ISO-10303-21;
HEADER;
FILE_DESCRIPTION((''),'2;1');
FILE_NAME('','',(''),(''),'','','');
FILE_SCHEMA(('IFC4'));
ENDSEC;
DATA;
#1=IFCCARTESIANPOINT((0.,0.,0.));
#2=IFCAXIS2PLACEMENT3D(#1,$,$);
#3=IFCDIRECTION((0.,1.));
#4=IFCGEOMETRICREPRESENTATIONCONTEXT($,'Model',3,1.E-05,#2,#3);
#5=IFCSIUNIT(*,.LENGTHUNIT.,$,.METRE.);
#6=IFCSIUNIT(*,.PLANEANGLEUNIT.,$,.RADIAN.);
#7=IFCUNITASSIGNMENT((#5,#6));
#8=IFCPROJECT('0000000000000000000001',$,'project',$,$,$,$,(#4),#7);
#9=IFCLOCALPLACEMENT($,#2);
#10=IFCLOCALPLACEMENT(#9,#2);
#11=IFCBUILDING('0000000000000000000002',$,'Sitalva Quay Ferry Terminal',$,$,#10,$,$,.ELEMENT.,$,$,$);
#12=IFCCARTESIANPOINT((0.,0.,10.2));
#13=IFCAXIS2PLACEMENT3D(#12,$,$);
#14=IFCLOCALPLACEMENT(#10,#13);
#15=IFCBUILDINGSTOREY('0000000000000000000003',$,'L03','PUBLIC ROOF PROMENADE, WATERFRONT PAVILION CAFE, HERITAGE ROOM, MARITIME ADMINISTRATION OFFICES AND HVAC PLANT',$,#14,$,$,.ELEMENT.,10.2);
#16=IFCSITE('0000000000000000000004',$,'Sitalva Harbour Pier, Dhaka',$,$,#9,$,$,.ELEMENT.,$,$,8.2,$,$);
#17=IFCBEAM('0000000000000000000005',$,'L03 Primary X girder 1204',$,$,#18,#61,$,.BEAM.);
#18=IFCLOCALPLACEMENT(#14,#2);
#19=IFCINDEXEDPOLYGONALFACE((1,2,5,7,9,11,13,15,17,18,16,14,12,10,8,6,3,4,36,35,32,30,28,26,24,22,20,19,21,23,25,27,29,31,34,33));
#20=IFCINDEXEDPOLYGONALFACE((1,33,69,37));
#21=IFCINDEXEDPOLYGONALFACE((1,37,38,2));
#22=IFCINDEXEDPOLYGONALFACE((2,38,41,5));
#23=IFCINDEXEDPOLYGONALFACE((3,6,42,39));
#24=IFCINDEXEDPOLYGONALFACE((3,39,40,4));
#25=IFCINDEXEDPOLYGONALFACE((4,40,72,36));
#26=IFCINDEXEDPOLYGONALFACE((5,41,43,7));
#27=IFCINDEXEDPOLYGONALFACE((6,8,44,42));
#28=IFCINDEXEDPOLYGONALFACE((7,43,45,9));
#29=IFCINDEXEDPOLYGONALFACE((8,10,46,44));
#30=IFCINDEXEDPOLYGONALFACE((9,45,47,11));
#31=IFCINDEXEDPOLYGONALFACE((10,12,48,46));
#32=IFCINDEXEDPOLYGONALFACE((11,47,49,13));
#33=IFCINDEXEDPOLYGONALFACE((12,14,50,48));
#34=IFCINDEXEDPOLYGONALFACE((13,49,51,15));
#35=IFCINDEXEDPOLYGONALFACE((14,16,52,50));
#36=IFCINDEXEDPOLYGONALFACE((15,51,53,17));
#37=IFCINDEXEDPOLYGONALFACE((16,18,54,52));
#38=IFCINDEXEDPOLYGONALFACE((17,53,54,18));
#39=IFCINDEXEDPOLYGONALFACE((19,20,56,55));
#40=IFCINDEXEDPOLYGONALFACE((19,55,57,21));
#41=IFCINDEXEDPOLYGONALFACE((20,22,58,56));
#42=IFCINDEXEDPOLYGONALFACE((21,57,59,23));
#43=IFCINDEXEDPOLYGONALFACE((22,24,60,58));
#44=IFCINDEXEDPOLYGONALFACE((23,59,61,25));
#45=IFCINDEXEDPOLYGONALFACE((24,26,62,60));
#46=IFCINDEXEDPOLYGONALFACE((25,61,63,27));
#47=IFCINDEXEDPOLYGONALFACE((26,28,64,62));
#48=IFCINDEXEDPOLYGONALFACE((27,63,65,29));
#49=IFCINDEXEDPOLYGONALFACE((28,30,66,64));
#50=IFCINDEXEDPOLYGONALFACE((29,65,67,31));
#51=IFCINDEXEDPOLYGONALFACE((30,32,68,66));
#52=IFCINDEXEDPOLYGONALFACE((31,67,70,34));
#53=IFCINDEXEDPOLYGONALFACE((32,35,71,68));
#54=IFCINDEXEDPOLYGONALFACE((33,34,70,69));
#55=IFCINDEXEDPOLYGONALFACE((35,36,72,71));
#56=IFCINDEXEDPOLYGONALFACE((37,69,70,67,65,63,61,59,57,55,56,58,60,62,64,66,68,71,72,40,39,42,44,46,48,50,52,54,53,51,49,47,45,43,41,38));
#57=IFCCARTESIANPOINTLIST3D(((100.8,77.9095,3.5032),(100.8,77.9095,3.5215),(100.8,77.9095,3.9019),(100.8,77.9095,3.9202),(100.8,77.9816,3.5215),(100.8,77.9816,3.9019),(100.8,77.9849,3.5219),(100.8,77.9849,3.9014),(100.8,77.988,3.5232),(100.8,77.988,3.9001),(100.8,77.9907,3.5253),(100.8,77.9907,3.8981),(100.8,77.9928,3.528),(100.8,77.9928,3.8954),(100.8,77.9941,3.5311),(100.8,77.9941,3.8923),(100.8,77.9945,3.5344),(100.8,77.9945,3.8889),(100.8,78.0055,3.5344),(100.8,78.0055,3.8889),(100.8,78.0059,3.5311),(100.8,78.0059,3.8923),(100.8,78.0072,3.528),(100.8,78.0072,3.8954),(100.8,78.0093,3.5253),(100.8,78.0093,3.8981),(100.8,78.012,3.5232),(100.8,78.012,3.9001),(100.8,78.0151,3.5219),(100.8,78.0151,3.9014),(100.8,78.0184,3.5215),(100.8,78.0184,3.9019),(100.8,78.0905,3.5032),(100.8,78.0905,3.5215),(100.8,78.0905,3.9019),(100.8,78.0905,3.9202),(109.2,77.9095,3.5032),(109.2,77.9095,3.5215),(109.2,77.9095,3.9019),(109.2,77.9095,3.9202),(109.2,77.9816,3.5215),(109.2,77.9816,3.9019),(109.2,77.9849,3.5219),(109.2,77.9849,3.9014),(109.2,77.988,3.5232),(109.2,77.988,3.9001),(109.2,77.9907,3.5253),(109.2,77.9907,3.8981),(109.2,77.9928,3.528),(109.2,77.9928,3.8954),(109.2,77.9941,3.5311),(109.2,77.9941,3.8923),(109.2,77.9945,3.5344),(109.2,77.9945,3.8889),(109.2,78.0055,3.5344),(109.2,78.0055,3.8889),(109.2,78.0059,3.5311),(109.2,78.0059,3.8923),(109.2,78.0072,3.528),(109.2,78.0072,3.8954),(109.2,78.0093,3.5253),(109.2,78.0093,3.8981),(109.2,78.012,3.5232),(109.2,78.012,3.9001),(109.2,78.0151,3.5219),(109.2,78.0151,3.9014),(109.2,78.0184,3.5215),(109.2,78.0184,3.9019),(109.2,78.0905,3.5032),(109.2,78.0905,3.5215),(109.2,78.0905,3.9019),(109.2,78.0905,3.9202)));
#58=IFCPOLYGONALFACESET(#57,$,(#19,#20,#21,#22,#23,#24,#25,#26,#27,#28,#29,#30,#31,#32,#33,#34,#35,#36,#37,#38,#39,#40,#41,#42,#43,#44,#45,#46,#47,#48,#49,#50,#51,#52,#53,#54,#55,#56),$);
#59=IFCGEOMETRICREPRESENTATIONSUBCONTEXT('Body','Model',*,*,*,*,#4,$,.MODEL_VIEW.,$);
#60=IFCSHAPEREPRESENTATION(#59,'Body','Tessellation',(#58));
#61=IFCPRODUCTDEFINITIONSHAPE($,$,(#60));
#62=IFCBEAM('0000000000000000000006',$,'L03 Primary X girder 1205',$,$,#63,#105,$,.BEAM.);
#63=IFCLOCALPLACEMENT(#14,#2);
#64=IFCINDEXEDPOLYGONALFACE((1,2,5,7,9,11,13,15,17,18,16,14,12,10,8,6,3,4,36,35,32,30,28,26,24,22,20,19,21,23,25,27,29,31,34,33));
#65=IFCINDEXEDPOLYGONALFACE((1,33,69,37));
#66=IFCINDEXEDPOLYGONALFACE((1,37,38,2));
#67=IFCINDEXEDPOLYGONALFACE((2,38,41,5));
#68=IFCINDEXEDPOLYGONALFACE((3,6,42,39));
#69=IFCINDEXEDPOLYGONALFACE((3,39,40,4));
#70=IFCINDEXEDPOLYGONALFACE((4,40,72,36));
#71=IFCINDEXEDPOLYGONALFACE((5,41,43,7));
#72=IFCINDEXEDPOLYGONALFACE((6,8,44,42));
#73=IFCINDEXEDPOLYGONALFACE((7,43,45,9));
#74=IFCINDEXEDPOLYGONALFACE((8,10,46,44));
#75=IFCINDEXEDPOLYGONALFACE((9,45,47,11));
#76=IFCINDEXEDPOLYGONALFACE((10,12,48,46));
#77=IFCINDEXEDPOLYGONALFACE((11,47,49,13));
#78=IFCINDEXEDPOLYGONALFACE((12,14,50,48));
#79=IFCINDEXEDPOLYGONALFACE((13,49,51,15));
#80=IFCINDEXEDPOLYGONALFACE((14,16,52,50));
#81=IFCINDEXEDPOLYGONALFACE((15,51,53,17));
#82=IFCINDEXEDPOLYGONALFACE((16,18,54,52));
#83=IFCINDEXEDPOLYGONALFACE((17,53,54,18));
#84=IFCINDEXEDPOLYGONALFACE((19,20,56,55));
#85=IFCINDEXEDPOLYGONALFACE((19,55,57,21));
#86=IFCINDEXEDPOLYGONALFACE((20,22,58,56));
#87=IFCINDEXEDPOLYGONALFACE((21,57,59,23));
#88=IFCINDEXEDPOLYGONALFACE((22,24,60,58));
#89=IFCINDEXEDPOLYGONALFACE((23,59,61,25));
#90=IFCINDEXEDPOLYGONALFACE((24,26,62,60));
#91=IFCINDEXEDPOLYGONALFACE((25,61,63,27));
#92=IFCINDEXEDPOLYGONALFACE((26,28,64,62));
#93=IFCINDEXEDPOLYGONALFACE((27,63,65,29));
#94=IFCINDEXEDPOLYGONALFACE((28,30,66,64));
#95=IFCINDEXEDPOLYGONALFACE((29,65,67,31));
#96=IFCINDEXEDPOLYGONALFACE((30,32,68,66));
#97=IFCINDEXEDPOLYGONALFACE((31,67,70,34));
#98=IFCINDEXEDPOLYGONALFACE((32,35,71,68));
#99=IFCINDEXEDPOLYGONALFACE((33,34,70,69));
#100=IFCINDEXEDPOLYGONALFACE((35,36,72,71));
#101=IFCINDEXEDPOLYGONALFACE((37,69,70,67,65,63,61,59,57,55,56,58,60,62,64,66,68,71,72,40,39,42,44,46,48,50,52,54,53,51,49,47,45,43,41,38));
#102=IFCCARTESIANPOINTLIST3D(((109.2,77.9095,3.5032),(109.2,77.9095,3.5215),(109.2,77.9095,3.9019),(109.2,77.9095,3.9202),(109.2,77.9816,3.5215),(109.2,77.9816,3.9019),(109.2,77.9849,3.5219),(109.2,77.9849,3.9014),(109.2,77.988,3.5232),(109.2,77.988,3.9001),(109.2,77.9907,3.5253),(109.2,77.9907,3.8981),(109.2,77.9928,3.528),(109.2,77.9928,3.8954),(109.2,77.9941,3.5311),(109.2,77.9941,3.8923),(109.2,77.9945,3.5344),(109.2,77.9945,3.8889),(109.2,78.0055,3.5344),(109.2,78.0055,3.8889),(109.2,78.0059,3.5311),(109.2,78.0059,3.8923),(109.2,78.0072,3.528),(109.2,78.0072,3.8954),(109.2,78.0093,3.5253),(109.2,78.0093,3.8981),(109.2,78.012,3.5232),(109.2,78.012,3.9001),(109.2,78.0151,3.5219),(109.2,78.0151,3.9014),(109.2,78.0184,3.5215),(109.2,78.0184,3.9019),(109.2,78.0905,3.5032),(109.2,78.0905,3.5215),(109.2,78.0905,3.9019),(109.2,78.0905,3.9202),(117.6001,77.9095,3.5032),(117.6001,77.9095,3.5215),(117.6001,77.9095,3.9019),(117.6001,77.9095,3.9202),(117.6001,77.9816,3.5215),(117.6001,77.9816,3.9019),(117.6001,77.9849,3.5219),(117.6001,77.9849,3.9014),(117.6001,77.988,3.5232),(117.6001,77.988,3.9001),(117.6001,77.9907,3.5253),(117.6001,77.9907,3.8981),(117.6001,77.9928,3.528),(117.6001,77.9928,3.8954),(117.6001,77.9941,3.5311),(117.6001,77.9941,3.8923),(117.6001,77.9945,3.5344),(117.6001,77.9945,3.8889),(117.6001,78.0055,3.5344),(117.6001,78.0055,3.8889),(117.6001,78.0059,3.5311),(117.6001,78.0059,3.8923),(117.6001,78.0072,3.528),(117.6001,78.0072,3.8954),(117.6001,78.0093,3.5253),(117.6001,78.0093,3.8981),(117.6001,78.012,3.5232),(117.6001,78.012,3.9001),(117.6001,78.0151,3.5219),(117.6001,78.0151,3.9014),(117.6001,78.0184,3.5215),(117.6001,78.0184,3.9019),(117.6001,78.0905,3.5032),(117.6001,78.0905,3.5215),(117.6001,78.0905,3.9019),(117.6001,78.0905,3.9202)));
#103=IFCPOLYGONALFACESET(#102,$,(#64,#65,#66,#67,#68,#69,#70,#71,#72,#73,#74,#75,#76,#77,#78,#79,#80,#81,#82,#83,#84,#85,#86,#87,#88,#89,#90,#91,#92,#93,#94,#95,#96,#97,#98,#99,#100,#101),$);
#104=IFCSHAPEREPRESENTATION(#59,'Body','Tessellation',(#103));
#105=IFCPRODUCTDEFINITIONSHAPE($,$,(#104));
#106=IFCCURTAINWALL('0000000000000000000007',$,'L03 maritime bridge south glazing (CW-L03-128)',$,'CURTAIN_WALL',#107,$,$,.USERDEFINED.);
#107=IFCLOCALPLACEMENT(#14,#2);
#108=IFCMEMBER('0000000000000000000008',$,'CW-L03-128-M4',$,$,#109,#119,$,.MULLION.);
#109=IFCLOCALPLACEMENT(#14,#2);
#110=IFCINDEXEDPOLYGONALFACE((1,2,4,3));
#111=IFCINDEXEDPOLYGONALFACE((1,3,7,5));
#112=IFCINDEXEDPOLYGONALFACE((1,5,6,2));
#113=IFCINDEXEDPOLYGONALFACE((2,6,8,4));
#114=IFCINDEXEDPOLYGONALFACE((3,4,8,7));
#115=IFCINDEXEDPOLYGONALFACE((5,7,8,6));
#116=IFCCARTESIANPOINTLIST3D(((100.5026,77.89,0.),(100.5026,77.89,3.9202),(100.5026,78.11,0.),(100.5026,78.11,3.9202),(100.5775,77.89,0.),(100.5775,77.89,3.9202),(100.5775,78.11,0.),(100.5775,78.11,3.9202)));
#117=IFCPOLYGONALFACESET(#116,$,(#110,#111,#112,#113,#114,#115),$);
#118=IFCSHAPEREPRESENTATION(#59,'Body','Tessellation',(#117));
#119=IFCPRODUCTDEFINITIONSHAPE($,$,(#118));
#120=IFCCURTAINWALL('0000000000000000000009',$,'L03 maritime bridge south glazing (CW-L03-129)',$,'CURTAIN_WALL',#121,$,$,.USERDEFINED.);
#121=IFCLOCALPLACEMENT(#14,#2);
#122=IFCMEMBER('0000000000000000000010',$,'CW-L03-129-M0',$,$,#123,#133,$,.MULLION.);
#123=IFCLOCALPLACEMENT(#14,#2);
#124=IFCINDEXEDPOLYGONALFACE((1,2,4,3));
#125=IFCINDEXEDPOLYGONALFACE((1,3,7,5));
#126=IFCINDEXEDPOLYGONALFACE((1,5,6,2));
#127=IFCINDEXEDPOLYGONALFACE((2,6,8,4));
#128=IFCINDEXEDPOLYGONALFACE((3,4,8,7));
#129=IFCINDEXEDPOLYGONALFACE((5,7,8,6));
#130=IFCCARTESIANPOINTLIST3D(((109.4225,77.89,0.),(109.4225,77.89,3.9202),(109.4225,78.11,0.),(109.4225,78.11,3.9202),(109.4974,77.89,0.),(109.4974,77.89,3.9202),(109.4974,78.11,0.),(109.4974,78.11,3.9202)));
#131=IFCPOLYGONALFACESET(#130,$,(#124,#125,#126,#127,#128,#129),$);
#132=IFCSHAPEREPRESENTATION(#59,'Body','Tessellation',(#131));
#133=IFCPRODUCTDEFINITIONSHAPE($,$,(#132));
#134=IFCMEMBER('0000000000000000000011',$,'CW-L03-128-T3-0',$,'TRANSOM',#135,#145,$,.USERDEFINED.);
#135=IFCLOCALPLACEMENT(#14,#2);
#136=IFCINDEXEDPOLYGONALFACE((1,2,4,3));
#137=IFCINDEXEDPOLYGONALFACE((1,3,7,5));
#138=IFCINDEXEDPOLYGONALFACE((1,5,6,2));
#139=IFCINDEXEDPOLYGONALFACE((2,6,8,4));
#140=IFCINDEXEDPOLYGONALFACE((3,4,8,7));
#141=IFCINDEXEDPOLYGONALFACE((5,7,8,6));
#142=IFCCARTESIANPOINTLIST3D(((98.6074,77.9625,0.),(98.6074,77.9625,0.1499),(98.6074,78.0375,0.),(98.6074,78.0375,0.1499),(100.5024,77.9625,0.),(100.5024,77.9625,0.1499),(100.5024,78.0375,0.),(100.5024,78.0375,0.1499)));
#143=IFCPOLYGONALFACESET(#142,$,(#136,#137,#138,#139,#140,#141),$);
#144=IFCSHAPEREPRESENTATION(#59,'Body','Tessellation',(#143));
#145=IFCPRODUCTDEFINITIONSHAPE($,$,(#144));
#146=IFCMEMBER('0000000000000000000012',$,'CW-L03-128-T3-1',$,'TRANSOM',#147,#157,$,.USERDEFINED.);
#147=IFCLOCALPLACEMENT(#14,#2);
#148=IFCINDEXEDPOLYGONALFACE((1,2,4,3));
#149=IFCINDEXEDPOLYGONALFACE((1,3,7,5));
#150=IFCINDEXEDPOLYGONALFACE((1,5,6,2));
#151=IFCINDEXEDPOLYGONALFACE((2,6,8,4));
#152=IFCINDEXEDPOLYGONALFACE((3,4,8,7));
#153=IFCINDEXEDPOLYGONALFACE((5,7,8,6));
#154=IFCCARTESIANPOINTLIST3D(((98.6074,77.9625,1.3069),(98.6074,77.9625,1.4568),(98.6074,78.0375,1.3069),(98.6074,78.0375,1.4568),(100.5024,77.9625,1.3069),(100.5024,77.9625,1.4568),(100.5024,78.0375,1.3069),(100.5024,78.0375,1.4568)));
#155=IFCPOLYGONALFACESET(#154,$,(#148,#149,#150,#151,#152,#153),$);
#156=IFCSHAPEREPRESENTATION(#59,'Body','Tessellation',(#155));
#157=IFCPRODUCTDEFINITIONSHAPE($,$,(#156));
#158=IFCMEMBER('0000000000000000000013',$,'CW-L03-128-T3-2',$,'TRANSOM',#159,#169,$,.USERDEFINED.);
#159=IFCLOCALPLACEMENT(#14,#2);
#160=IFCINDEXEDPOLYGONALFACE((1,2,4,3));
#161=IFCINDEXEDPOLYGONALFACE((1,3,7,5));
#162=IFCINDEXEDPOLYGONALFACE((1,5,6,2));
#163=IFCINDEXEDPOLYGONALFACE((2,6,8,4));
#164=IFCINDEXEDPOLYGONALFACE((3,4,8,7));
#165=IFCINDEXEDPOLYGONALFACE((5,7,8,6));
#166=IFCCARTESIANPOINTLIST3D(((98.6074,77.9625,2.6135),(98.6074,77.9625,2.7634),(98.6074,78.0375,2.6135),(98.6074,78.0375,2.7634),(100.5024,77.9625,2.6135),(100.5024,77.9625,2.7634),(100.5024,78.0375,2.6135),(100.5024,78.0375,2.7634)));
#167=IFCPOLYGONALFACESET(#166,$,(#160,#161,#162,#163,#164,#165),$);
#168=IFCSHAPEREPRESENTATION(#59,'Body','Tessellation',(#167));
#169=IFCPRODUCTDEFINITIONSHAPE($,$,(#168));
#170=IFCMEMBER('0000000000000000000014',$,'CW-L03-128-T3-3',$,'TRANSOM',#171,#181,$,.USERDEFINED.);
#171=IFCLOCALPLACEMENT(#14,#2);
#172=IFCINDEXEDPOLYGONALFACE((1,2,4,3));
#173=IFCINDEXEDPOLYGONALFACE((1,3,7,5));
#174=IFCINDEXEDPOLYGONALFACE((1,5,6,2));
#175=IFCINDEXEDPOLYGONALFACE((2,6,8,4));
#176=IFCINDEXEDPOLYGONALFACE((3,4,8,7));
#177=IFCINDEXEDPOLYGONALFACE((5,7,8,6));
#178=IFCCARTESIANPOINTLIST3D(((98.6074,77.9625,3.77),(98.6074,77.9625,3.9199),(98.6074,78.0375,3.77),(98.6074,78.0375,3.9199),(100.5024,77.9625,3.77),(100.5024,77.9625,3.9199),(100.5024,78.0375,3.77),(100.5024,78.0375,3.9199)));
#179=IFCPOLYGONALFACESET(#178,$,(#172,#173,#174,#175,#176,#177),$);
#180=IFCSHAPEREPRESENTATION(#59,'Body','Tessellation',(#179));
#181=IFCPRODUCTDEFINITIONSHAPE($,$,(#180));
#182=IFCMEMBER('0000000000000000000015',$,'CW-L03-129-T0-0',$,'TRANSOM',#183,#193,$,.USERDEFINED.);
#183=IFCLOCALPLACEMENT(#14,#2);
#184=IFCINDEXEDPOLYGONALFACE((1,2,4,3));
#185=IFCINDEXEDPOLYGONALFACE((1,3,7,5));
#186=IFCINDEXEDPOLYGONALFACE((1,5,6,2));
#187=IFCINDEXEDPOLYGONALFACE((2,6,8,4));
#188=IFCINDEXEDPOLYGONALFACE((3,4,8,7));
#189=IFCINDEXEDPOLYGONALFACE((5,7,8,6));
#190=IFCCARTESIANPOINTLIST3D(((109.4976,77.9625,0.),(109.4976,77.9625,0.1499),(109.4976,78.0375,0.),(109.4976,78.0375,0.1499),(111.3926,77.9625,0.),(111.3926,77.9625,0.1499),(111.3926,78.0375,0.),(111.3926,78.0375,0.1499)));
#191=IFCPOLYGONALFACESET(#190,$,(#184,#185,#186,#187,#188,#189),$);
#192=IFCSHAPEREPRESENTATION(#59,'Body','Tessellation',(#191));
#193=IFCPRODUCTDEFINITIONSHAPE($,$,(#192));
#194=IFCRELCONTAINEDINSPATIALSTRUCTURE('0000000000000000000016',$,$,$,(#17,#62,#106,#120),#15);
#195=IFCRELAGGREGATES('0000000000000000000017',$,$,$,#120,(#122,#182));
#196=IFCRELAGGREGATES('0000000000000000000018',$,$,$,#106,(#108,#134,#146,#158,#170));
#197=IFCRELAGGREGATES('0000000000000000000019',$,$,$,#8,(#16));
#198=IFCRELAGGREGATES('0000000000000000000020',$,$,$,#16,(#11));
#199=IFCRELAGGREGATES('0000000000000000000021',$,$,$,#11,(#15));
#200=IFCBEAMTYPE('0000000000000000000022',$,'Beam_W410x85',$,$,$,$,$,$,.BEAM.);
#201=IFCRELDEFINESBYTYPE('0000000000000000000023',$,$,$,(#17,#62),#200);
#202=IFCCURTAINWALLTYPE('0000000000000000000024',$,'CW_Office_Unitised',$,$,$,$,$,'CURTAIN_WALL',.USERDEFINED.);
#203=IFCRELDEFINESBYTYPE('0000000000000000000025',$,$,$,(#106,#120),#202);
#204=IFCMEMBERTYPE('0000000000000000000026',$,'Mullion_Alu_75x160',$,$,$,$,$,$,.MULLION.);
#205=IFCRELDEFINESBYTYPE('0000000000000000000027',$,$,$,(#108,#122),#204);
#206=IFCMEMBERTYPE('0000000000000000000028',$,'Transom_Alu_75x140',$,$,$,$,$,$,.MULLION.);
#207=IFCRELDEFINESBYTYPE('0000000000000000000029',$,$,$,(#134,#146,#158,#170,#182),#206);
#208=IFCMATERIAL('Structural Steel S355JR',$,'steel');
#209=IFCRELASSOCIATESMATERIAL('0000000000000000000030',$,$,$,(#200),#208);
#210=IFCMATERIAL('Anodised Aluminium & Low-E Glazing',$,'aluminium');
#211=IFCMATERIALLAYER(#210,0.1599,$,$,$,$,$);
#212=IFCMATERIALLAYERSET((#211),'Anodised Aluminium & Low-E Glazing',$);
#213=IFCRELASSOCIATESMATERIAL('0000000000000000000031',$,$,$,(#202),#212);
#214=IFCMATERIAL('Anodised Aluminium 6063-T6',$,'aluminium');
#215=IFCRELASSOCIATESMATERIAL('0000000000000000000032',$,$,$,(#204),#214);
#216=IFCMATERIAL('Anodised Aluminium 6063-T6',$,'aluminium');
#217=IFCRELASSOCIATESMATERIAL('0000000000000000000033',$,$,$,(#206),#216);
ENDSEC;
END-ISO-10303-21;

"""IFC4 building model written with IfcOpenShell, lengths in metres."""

from ifc_helpers import new_model, si_unit, direction, frame, origin, origin_2d, place, context, subcontext, project, spatial, rectangle, i_section, extrude, material, layer, layer_set, material_profile, profile_set, type_object, element, aggregate, save


model = new_model("IFC4")

# Units and contexts
model_context = context("Model", 3, precision=1e-05, world=origin(), true_north=direction((0.0, 1.0)))
body_context = subcontext(model_context, "Body", "Model", "MODEL_VIEW")
ifc_project = project(units=[si_unit("LENGTHUNIT", "METRE"), si_unit("PLANEANGLEUNIT", "RADIAN")], contexts=[model_context])

# Site, building, storey
site_placement = place(None, origin())
site = spatial("IfcSite", under=ifc_project, at=site_placement, Name="Sitalva Harbour Pier, Dhaka", CompositionType="ELEMENT", RefElevation=8.2)
building_placement = place(site_placement, origin())
building = spatial("IfcBuilding", under=site, at=building_placement, Name="Sitalva Quay Ferry Terminal", CompositionType="ELEMENT")
storey_placement = place(building_placement, frame((0.0, 0.0, 10.2)))
storey = spatial("IfcBuildingStorey", under=building, at=storey_placement, Name="L03", Description="PUBLIC ROOF PROMENADE, WATERFRONT PAVILION CAFE, HERITAGE ROOM, MARITIME ADMINISTRATION OFFICES AND HVAC PLANT", CompositionType="ELEMENT", Elevation=10.2)

# Beams
ifc_material_1 = material(Name="Structural Steel S355JR", Category="steel")
ifc_material_profile_1 = material_profile(ifc_material_1, i_section(OverallWidth=0.1809, OverallDepth=0.417, WebThickness=0.011, FlangeThickness=0.0183, FilletRadius=0.0129, at=origin_2d()), Name="W410x85")
ifc_profile_set_1 = profile_set([ifc_material_profile_1], Name="Structural Steel S355JR")
beam_type_1 = type_object("IfcBeamType", Name="Beam_W410x85", PredefinedType="BEAM", material=ifc_profile_set_1)
beam_1_placement = place(storey_placement, frame((100.8, 78.0, 3.7117), z_axis=(1.0, 0.0, 0.0), x_axis=(0.0, 1.0, 0.0)))
element("IfcBeam", 1, at=beam_1_placement, inside=storey, type_object=beam_type_1, Name="L03 Primary X girder 1204", PredefinedType="BEAM", context=body_context, shape_type="SweptSolid", body=[
    extrude(i_section(OverallWidth=0.1809, OverallDepth=0.417, WebThickness=0.011, FlangeThickness=0.0183, FilletRadius=0.0129, at=origin_2d()), origin(), (0.0, 0.0, 1.0), 8.3999),
])
beam_2_placement = place(storey_placement, frame((109.2, 78.0, 3.7117), z_axis=(1.0, 0.0, 0.0), x_axis=(0.0, 1.0, 0.0)))
element("IfcBeam", 2, at=beam_2_placement, inside=storey, type_object=beam_type_1, Name="L03 Primary X girder 1205", PredefinedType="BEAM", context=body_context, shape_type="SweptSolid", body=[
    extrude(i_section(OverallWidth=0.1809, OverallDepth=0.417, WebThickness=0.011, FlangeThickness=0.0183, FilletRadius=0.0129, at=origin_2d()), origin(), (0.0, 0.0, 1.0), 8.4001),
])

# Curtain walls, members
ifc_material_2 = material(Name="Anodised Aluminium & Low-E Glazing", Category="aluminium")
ifc_layer_1 = layer(ifc_material_2, 0.1599)
ifc_layer_set_1 = layer_set([ifc_layer_1], Name="Anodised Aluminium & Low-E Glazing")
curtain_wall_type = type_object("IfcCurtainWallType", Name="CW_Office_Unitised", ElementType="CURTAIN_WALL", PredefinedType="USERDEFINED", material=ifc_layer_set_1)
curtain_wall_1_placement = place(storey_placement, origin())
curtain_wall_1 = element("IfcCurtainWall", 3, at=curtain_wall_1_placement, inside=storey, type_object=curtain_wall_type, Name="L03 maritime bridge south glazing (CW-L03-128)", ObjectType="CURTAIN_WALL", PredefinedType="USERDEFINED")
ifc_material_3 = material(Name="Anodised Aluminium 6063-T6", Category="aluminium")
ifc_material_profile_2 = material_profile(ifc_material_3, rectangle(XDim=0.075, YDim=0.22, at=origin_2d()), Name="ALU75x220")
ifc_profile_set_2 = profile_set([ifc_material_profile_2], Name="Anodised Aluminium 6063-T6")
member_type_1 = type_object("IfcMemberType", Name="Mullion_Alu_75x160", PredefinedType="MULLION", material=ifc_profile_set_2)
member_1_placement = place(storey_placement, frame((100.54, 78.0, 0.0), z_axis=(0.0, 0.0, 1.0), x_axis=(1.0, 0.0, 0.0)))
member_1 = element("IfcMember", 4, at=member_1_placement, type_object=member_type_1, Name="CW-L03-128-M4", PredefinedType="MULLION", context=body_context, shape_type="SweptSolid", body=[
    extrude(rectangle(XDim=0.075, YDim=0.22, at=origin_2d()), origin(), (0.0, 0.0, 1.0), 3.9202),
])
curtain_wall_2_placement = place(storey_placement, origin())
curtain_wall_2 = element("IfcCurtainWall", 5, at=curtain_wall_2_placement, inside=storey, type_object=curtain_wall_type, Name="L03 maritime bridge south glazing (CW-L03-129)", ObjectType="CURTAIN_WALL", PredefinedType="USERDEFINED")
member_2_placement = place(storey_placement, frame((109.46, 78.0, 0.0), z_axis=(0.0, 0.0, 1.0), x_axis=(1.0, 0.0, 0.0)))
member_2 = element("IfcMember", 6, at=member_2_placement, type_object=member_type_1, Name="CW-L03-129-M0", PredefinedType="MULLION", context=body_context, shape_type="SweptSolid", body=[
    extrude(rectangle(XDim=0.075, YDim=0.22, at=origin_2d()), origin(), (0.0, 0.0, 1.0), 3.9202),
])

# Members
ifc_material_4 = material(Name="Anodised Aluminium 6063-T6", Category="aluminium")
ifc_material_profile_3 = material_profile(ifc_material_4, rectangle(XDim=0.075, YDim=0.1499, at=origin_2d()), Name="ALU75x150")
ifc_profile_set_3 = profile_set([ifc_material_profile_3], Name="Anodised Aluminium 6063-T6")
member_type_2 = type_object("IfcMemberType", Name="Transom_Alu_75x140", PredefinedType="MULLION", material=ifc_profile_set_3)
member_3_placement = place(storey_placement, frame((98.6074, 78.0, 0.075), z_axis=(1.0, 0.0, 0.0), x_axis=(0.0, 1.0, 0.0)))
member_3 = element("IfcMember", 7, at=member_3_placement, type_object=member_type_2, Name="CW-L03-128-T3-0", ObjectType="TRANSOM", PredefinedType="USERDEFINED", context=body_context, shape_type="SweptSolid", body=[
    extrude(rectangle(XDim=0.075, YDim=0.1499, at=origin_2d()), origin(), (0.0, 0.0, 1.0), 1.895),
])
member_4_placement = place(storey_placement, frame((98.6074, 78.0, 1.3818), z_axis=(1.0, 0.0, 0.0), x_axis=(0.0, 1.0, 0.0)))
member_4 = element("IfcMember", 8, at=member_4_placement, type_object=member_type_2, Name="CW-L03-128-T3-1", ObjectType="TRANSOM", PredefinedType="USERDEFINED", context=body_context, shape_type="SweptSolid", body=[
    extrude(rectangle(XDim=0.075, YDim=0.1499, at=origin_2d()), origin(), (0.0, 0.0, 1.0), 1.895),
])
member_5_placement = place(storey_placement, frame((98.6074, 78.0, 2.6885), z_axis=(1.0, 0.0, 0.0), x_axis=(0.0, 1.0, 0.0)))
member_5 = element("IfcMember", 9, at=member_5_placement, type_object=member_type_2, Name="CW-L03-128-T3-2", ObjectType="TRANSOM", PredefinedType="USERDEFINED", context=body_context, shape_type="SweptSolid", body=[
    extrude(rectangle(XDim=0.075, YDim=0.1499, at=origin_2d()), origin(), (0.0, 0.0, 1.0), 1.895),
])
member_6_placement = place(storey_placement, frame((98.6074, 78.0, 3.845), z_axis=(1.0, 0.0, 0.0), x_axis=(0.0, 1.0, 0.0)))
member_6 = element("IfcMember", 10, at=member_6_placement, type_object=member_type_2, Name="CW-L03-128-T3-3", ObjectType="TRANSOM", PredefinedType="USERDEFINED", context=body_context, shape_type="SweptSolid", body=[
    extrude(rectangle(XDim=0.075, YDim=0.1499, at=origin_2d()), origin(), (0.0, 0.0, 1.0), 1.895),
])
member_7_placement = place(storey_placement, frame((109.4976, 78.0, 0.075), z_axis=(1.0, 0.0, 0.0), x_axis=(0.0, 1.0, 0.0)))
member_7 = element("IfcMember", 11, at=member_7_placement, type_object=member_type_2, Name="CW-L03-129-T0-0", ObjectType="TRANSOM", PredefinedType="USERDEFINED", context=body_context, shape_type="SweptSolid", body=[
    extrude(rectangle(XDim=0.075, YDim=0.1499, at=origin_2d()), origin(), (0.0, 0.0, 1.0), 1.895),
])
aggregate(curtain_wall_2, [member_2, member_7])

aggregate(curtain_wall_1, [member_1, member_3, member_4, member_5, member_6])

save(model, "model.ifc")
